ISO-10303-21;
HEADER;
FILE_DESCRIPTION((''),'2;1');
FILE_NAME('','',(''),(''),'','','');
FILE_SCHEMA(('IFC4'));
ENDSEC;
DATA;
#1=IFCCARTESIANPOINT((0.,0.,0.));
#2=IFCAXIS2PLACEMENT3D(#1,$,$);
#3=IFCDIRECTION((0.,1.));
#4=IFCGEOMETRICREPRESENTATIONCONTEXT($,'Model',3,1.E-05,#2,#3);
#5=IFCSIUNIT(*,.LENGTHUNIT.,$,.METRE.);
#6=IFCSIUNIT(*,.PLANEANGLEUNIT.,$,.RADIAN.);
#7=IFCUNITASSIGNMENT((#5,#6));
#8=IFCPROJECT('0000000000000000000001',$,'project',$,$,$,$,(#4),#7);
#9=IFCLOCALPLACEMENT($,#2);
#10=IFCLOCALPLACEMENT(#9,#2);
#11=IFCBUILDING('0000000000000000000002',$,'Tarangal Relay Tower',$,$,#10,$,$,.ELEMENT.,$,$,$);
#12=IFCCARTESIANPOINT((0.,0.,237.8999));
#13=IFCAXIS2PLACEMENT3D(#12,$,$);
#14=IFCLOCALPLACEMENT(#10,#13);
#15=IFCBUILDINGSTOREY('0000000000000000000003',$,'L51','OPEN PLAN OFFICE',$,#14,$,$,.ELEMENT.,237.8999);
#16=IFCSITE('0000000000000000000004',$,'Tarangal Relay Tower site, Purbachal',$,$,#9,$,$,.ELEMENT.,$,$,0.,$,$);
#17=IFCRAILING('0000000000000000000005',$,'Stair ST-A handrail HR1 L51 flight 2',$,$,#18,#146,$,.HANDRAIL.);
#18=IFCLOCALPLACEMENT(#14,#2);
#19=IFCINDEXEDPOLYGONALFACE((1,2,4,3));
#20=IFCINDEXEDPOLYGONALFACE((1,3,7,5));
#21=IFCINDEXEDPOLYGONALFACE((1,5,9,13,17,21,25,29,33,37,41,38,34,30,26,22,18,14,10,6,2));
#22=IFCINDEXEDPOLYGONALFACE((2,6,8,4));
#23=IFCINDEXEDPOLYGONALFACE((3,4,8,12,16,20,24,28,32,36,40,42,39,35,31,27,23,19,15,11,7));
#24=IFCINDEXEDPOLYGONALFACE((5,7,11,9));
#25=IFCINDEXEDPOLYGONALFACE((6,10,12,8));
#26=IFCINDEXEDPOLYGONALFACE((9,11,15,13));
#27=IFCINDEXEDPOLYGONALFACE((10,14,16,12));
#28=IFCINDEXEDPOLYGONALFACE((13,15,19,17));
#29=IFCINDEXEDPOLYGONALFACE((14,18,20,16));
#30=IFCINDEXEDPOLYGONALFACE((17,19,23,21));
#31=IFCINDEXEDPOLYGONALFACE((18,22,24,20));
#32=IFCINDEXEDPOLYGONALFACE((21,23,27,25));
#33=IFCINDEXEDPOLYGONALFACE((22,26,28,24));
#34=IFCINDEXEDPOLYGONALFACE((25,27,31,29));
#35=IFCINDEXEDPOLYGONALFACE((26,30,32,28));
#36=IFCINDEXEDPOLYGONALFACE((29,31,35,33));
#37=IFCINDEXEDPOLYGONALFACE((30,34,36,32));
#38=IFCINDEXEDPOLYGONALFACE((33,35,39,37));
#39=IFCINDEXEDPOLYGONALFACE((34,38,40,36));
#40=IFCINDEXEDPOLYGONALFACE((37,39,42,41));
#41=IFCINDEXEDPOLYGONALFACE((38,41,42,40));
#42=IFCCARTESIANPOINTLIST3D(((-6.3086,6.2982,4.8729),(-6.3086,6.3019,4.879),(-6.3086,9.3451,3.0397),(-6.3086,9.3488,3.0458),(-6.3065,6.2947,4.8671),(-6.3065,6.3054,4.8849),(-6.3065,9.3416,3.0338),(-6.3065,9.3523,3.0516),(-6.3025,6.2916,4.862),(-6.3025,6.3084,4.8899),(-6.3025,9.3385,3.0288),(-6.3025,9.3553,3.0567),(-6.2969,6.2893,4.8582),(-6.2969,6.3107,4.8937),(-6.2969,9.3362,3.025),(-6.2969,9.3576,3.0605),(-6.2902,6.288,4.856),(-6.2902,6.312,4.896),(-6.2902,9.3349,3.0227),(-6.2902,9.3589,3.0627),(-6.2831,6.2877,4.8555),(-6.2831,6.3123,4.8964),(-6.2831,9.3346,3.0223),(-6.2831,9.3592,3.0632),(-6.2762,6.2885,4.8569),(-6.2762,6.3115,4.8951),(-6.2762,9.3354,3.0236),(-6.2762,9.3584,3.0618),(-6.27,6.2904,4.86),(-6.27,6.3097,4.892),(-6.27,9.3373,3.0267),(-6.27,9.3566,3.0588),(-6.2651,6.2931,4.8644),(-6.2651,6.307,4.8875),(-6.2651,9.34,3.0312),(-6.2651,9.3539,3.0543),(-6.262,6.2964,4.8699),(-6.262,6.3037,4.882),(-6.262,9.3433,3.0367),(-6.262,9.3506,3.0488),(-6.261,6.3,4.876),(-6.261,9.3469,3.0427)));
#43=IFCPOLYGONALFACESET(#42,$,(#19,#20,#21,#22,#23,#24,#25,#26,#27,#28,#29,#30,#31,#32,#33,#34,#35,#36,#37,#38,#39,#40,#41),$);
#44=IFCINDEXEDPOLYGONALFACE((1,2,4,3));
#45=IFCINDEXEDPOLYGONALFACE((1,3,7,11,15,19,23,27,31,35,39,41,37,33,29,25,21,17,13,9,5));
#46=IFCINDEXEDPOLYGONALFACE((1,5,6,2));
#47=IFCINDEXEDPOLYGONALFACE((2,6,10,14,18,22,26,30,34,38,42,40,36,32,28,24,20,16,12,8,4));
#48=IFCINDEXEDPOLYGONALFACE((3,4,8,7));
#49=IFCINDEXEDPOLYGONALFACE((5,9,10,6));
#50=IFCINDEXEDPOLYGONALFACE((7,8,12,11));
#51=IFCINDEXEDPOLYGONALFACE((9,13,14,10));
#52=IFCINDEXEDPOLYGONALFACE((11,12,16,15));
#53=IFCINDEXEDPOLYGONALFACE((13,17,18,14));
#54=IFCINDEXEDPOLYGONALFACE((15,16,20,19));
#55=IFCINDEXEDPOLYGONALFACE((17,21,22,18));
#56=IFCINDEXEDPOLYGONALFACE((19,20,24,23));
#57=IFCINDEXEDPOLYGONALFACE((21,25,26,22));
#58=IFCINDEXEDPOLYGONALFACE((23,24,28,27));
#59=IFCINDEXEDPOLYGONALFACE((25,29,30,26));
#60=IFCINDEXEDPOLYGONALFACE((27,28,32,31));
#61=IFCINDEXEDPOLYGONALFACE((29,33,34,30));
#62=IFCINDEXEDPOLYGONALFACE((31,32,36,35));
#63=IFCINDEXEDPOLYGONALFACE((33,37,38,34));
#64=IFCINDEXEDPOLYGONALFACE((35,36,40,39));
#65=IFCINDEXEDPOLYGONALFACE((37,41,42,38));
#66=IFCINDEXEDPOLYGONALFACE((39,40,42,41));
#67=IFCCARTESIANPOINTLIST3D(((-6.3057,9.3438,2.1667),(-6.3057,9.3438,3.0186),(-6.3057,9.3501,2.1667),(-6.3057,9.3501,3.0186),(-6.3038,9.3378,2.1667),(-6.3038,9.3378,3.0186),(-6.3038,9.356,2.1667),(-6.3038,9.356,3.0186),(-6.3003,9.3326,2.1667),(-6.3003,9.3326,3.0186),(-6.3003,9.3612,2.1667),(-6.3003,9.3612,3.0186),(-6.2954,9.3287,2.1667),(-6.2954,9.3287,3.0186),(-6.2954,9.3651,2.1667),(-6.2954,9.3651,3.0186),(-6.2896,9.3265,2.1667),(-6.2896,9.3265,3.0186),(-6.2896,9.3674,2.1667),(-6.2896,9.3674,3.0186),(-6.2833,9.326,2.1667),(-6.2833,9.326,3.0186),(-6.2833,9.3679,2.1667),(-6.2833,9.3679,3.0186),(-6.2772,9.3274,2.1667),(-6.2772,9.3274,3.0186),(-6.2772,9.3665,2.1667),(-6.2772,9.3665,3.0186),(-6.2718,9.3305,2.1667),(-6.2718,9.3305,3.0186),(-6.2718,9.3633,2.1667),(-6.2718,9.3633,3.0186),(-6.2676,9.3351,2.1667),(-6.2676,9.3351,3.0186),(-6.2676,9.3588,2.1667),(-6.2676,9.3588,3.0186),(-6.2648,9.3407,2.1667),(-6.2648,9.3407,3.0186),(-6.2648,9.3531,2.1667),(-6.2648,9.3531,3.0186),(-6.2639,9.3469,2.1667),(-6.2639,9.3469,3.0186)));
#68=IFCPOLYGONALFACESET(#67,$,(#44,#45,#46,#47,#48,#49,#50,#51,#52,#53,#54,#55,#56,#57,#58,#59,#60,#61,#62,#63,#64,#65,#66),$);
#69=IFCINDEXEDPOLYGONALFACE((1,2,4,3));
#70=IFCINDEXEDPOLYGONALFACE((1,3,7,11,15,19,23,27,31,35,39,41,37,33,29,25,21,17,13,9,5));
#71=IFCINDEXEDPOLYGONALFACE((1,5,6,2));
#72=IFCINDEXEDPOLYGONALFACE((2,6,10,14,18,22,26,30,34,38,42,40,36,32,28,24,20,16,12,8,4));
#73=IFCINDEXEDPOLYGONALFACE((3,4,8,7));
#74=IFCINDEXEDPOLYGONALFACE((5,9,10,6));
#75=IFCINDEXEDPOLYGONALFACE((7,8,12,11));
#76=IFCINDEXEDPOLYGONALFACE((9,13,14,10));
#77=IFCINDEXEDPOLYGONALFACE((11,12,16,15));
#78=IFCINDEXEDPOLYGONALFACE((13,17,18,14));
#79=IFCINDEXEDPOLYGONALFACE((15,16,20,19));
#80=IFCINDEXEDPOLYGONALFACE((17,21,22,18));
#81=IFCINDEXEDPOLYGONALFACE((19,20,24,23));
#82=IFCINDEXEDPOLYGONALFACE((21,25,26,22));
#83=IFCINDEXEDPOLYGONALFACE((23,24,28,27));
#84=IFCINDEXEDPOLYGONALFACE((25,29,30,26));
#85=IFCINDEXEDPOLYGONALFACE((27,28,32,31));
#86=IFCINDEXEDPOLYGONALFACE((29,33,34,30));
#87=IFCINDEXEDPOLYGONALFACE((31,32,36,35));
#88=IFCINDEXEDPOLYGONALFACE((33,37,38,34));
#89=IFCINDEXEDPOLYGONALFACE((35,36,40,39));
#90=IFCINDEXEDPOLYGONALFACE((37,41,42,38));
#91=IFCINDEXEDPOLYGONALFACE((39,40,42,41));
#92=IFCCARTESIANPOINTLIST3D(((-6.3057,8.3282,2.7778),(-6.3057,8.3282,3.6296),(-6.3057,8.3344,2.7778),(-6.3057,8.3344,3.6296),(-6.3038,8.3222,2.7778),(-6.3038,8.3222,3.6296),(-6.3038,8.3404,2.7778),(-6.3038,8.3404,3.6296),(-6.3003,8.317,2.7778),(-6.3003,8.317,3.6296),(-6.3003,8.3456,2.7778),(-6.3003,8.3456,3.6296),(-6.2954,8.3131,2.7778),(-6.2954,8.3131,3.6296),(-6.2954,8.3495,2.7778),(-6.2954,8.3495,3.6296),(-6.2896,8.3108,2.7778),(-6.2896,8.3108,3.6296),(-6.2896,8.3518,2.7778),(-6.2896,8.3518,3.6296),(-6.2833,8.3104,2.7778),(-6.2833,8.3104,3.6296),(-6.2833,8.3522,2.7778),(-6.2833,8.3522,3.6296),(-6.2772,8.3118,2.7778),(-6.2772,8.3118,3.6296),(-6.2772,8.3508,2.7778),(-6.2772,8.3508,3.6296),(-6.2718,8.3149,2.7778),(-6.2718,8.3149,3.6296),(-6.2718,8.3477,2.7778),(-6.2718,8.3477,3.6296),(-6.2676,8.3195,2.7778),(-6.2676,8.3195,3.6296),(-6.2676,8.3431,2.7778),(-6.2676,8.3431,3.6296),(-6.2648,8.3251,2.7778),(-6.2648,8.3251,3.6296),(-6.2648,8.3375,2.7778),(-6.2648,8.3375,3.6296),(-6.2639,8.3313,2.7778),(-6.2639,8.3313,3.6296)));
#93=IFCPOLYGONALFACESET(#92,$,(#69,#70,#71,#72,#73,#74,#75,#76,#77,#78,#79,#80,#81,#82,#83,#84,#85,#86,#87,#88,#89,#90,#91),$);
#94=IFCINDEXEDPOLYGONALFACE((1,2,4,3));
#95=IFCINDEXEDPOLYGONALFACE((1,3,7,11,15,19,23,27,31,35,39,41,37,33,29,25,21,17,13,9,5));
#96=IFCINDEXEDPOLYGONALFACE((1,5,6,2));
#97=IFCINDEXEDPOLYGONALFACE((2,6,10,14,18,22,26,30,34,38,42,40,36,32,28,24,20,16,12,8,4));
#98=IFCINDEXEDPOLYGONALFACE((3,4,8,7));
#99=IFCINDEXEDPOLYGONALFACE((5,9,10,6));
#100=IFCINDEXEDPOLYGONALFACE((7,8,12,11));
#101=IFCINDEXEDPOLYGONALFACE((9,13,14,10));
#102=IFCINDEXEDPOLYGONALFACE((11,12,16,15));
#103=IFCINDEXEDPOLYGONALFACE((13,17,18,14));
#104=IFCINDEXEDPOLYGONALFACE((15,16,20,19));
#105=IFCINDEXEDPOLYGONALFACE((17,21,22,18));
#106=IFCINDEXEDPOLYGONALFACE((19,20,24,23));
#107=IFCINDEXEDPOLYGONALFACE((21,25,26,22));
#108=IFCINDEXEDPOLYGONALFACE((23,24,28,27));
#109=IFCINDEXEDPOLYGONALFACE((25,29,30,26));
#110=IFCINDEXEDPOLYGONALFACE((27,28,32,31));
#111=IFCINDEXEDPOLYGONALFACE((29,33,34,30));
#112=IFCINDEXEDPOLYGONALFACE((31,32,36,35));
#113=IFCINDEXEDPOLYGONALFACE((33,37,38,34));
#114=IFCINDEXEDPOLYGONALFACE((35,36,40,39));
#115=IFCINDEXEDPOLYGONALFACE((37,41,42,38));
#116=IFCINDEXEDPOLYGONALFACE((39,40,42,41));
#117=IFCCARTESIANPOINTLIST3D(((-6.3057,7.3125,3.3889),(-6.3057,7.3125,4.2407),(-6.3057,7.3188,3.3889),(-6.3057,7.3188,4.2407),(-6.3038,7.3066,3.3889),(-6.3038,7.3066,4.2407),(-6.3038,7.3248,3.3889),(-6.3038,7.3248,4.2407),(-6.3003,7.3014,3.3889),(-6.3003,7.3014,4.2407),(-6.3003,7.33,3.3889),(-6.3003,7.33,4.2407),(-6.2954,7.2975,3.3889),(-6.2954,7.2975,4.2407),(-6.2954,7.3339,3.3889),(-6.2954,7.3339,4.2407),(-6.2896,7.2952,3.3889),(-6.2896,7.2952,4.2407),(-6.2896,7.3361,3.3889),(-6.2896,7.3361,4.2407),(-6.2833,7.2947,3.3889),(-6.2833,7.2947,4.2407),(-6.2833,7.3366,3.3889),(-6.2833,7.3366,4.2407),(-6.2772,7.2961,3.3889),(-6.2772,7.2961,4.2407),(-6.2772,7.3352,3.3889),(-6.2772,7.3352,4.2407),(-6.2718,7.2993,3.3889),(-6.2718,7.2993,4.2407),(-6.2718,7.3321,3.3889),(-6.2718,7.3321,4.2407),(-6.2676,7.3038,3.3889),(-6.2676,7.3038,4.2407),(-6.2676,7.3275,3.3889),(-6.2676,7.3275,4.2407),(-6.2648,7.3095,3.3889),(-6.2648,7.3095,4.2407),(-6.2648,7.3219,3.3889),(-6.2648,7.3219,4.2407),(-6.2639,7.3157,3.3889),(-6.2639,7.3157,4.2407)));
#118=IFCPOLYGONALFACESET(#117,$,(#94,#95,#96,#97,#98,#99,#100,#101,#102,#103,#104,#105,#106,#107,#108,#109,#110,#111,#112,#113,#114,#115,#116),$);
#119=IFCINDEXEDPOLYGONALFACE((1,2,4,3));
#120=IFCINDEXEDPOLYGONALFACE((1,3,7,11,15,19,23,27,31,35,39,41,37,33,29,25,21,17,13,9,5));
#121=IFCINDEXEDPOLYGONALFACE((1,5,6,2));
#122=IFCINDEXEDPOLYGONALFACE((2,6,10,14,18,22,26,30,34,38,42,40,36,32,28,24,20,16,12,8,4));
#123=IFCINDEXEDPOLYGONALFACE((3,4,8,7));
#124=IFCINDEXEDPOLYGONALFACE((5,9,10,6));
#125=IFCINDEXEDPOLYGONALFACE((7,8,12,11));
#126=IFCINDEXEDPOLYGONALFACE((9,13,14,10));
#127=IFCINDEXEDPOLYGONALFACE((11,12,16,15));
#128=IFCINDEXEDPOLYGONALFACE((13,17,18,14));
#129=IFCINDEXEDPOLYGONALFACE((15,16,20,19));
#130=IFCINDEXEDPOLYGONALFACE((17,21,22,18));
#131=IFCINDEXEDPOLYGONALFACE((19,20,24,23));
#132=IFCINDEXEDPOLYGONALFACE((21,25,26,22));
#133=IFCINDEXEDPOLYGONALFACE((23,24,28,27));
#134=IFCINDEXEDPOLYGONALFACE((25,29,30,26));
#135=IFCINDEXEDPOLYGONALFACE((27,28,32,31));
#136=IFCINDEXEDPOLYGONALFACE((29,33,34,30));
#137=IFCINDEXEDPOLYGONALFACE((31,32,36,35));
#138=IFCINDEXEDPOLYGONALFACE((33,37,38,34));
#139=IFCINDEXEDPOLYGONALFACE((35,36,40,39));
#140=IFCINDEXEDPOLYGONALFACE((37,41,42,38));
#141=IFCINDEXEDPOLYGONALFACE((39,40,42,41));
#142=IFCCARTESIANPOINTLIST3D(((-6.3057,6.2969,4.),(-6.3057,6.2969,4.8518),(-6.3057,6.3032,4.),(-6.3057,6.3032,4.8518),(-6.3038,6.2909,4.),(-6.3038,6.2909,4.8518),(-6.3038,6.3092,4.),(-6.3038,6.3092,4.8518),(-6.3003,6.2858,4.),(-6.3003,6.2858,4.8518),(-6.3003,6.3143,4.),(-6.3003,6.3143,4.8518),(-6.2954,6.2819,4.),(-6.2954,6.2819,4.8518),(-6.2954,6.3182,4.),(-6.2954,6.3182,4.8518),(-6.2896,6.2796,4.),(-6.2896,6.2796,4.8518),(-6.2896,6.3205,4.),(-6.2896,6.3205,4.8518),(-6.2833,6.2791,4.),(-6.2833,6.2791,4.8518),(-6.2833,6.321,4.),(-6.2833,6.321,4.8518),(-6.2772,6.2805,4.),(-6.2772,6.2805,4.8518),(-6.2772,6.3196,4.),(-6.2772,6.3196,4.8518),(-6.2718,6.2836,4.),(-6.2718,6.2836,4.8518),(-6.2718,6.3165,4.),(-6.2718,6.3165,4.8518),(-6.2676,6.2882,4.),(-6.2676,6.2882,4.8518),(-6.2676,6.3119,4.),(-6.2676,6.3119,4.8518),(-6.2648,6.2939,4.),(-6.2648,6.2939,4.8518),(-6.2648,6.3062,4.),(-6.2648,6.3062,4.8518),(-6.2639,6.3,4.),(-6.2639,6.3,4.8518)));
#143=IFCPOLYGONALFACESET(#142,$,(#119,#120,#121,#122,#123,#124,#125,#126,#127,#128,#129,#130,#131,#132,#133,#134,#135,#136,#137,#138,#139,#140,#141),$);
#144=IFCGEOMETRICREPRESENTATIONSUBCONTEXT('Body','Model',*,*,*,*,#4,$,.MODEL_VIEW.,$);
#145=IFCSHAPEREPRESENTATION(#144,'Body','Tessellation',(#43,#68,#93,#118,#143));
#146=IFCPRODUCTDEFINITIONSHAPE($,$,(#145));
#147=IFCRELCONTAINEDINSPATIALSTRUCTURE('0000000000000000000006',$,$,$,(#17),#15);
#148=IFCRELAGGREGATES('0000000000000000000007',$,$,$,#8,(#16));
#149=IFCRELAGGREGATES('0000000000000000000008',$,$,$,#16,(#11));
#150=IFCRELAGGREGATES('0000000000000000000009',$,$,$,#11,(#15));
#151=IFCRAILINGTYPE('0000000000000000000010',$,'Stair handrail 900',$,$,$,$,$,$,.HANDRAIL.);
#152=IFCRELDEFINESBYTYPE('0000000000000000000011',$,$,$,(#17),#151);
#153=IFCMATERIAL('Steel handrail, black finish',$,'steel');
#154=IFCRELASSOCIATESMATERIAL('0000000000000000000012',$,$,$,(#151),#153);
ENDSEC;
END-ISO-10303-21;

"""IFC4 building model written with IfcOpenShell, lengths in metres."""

from ifc_helpers import new_model, si_unit, direction, frame, origin, origin_2d, place, context, subcontext, project, spatial, circle, extrude, material, type_object, element, save


model = new_model("IFC4")

# Units and contexts
model_context = context("Model", 3, precision=1e-05, world=origin(), true_north=direction((0.0, 1.0)))
body_context = subcontext(model_context, "Body", "Model", "MODEL_VIEW")
ifc_project = project(units=[si_unit("LENGTHUNIT", "METRE"), si_unit("PLANEANGLEUNIT", "RADIAN")], contexts=[model_context])

# Site, building, storey
site_placement = place(None, origin())
site = spatial("IfcSite", under=ifc_project, at=site_placement, Name="Tarangal Relay Tower site, Purbachal", CompositionType="ELEMENT", RefElevation=0.0)
building_placement = place(site_placement, origin())
building = spatial("IfcBuilding", under=site, at=building_placement, Name="Tarangal Relay Tower", CompositionType="ELEMENT")
storey_placement = place(building_placement, frame((0.0, 0.0, 237.8999)))
storey = spatial("IfcBuildingStorey", under=building, at=storey_placement, Name="L51", Description="OPEN PLAN OFFICE", CompositionType="ELEMENT", Elevation=237.8999)

# Railing
ifc_material_1 = material(Name="Steel handrail, black finish", Category="steel")
railing_type_1 = type_object("IfcRailingType", Name="Stair handrail 900", PredefinedType="HANDRAIL", material=ifc_material_1)
railing_1_placement = place(storey_placement, frame((-6.2849, 9.3469, 2.1667)))
element("IfcRailing", 1, at=railing_1_placement, inside=storey, type_object=railing_type_1, Name="Stair ST-A handrail HR1 L51 flight 2", PredefinedType="HANDRAIL", context=body_context, shape_type="SweptSolid", body=[
    extrude(circle(Radius=0.0239, at=origin_2d()), frame((0.0, 0.0, 0.876), z_axis=(0.0, -0.856856, 0.515556), x_axis=(1.0, 0.0, 0.0)), (0.0, 0.0, 1.0), 3.5559),
    extrude(circle(Radius=0.021, at=origin_2d()), origin(), (0.0, 0.0, 1.0), 0.8518),
    extrude(circle(Radius=0.021, at=origin_2d()), frame((0.0, -1.0156, 0.6111)), (0.0, 0.0, 1.0), 0.8518),
    extrude(circle(Radius=0.021, at=origin_2d()), frame((0.0, -2.0312, 1.2222)), (0.0, 0.0, 1.0), 0.8518),
    extrude(circle(Radius=0.021, at=origin_2d()), frame((0.0, -3.0469, 1.8333)), (0.0, 0.0, 1.0), 0.8518),
])

save(model, "model.ifc")
